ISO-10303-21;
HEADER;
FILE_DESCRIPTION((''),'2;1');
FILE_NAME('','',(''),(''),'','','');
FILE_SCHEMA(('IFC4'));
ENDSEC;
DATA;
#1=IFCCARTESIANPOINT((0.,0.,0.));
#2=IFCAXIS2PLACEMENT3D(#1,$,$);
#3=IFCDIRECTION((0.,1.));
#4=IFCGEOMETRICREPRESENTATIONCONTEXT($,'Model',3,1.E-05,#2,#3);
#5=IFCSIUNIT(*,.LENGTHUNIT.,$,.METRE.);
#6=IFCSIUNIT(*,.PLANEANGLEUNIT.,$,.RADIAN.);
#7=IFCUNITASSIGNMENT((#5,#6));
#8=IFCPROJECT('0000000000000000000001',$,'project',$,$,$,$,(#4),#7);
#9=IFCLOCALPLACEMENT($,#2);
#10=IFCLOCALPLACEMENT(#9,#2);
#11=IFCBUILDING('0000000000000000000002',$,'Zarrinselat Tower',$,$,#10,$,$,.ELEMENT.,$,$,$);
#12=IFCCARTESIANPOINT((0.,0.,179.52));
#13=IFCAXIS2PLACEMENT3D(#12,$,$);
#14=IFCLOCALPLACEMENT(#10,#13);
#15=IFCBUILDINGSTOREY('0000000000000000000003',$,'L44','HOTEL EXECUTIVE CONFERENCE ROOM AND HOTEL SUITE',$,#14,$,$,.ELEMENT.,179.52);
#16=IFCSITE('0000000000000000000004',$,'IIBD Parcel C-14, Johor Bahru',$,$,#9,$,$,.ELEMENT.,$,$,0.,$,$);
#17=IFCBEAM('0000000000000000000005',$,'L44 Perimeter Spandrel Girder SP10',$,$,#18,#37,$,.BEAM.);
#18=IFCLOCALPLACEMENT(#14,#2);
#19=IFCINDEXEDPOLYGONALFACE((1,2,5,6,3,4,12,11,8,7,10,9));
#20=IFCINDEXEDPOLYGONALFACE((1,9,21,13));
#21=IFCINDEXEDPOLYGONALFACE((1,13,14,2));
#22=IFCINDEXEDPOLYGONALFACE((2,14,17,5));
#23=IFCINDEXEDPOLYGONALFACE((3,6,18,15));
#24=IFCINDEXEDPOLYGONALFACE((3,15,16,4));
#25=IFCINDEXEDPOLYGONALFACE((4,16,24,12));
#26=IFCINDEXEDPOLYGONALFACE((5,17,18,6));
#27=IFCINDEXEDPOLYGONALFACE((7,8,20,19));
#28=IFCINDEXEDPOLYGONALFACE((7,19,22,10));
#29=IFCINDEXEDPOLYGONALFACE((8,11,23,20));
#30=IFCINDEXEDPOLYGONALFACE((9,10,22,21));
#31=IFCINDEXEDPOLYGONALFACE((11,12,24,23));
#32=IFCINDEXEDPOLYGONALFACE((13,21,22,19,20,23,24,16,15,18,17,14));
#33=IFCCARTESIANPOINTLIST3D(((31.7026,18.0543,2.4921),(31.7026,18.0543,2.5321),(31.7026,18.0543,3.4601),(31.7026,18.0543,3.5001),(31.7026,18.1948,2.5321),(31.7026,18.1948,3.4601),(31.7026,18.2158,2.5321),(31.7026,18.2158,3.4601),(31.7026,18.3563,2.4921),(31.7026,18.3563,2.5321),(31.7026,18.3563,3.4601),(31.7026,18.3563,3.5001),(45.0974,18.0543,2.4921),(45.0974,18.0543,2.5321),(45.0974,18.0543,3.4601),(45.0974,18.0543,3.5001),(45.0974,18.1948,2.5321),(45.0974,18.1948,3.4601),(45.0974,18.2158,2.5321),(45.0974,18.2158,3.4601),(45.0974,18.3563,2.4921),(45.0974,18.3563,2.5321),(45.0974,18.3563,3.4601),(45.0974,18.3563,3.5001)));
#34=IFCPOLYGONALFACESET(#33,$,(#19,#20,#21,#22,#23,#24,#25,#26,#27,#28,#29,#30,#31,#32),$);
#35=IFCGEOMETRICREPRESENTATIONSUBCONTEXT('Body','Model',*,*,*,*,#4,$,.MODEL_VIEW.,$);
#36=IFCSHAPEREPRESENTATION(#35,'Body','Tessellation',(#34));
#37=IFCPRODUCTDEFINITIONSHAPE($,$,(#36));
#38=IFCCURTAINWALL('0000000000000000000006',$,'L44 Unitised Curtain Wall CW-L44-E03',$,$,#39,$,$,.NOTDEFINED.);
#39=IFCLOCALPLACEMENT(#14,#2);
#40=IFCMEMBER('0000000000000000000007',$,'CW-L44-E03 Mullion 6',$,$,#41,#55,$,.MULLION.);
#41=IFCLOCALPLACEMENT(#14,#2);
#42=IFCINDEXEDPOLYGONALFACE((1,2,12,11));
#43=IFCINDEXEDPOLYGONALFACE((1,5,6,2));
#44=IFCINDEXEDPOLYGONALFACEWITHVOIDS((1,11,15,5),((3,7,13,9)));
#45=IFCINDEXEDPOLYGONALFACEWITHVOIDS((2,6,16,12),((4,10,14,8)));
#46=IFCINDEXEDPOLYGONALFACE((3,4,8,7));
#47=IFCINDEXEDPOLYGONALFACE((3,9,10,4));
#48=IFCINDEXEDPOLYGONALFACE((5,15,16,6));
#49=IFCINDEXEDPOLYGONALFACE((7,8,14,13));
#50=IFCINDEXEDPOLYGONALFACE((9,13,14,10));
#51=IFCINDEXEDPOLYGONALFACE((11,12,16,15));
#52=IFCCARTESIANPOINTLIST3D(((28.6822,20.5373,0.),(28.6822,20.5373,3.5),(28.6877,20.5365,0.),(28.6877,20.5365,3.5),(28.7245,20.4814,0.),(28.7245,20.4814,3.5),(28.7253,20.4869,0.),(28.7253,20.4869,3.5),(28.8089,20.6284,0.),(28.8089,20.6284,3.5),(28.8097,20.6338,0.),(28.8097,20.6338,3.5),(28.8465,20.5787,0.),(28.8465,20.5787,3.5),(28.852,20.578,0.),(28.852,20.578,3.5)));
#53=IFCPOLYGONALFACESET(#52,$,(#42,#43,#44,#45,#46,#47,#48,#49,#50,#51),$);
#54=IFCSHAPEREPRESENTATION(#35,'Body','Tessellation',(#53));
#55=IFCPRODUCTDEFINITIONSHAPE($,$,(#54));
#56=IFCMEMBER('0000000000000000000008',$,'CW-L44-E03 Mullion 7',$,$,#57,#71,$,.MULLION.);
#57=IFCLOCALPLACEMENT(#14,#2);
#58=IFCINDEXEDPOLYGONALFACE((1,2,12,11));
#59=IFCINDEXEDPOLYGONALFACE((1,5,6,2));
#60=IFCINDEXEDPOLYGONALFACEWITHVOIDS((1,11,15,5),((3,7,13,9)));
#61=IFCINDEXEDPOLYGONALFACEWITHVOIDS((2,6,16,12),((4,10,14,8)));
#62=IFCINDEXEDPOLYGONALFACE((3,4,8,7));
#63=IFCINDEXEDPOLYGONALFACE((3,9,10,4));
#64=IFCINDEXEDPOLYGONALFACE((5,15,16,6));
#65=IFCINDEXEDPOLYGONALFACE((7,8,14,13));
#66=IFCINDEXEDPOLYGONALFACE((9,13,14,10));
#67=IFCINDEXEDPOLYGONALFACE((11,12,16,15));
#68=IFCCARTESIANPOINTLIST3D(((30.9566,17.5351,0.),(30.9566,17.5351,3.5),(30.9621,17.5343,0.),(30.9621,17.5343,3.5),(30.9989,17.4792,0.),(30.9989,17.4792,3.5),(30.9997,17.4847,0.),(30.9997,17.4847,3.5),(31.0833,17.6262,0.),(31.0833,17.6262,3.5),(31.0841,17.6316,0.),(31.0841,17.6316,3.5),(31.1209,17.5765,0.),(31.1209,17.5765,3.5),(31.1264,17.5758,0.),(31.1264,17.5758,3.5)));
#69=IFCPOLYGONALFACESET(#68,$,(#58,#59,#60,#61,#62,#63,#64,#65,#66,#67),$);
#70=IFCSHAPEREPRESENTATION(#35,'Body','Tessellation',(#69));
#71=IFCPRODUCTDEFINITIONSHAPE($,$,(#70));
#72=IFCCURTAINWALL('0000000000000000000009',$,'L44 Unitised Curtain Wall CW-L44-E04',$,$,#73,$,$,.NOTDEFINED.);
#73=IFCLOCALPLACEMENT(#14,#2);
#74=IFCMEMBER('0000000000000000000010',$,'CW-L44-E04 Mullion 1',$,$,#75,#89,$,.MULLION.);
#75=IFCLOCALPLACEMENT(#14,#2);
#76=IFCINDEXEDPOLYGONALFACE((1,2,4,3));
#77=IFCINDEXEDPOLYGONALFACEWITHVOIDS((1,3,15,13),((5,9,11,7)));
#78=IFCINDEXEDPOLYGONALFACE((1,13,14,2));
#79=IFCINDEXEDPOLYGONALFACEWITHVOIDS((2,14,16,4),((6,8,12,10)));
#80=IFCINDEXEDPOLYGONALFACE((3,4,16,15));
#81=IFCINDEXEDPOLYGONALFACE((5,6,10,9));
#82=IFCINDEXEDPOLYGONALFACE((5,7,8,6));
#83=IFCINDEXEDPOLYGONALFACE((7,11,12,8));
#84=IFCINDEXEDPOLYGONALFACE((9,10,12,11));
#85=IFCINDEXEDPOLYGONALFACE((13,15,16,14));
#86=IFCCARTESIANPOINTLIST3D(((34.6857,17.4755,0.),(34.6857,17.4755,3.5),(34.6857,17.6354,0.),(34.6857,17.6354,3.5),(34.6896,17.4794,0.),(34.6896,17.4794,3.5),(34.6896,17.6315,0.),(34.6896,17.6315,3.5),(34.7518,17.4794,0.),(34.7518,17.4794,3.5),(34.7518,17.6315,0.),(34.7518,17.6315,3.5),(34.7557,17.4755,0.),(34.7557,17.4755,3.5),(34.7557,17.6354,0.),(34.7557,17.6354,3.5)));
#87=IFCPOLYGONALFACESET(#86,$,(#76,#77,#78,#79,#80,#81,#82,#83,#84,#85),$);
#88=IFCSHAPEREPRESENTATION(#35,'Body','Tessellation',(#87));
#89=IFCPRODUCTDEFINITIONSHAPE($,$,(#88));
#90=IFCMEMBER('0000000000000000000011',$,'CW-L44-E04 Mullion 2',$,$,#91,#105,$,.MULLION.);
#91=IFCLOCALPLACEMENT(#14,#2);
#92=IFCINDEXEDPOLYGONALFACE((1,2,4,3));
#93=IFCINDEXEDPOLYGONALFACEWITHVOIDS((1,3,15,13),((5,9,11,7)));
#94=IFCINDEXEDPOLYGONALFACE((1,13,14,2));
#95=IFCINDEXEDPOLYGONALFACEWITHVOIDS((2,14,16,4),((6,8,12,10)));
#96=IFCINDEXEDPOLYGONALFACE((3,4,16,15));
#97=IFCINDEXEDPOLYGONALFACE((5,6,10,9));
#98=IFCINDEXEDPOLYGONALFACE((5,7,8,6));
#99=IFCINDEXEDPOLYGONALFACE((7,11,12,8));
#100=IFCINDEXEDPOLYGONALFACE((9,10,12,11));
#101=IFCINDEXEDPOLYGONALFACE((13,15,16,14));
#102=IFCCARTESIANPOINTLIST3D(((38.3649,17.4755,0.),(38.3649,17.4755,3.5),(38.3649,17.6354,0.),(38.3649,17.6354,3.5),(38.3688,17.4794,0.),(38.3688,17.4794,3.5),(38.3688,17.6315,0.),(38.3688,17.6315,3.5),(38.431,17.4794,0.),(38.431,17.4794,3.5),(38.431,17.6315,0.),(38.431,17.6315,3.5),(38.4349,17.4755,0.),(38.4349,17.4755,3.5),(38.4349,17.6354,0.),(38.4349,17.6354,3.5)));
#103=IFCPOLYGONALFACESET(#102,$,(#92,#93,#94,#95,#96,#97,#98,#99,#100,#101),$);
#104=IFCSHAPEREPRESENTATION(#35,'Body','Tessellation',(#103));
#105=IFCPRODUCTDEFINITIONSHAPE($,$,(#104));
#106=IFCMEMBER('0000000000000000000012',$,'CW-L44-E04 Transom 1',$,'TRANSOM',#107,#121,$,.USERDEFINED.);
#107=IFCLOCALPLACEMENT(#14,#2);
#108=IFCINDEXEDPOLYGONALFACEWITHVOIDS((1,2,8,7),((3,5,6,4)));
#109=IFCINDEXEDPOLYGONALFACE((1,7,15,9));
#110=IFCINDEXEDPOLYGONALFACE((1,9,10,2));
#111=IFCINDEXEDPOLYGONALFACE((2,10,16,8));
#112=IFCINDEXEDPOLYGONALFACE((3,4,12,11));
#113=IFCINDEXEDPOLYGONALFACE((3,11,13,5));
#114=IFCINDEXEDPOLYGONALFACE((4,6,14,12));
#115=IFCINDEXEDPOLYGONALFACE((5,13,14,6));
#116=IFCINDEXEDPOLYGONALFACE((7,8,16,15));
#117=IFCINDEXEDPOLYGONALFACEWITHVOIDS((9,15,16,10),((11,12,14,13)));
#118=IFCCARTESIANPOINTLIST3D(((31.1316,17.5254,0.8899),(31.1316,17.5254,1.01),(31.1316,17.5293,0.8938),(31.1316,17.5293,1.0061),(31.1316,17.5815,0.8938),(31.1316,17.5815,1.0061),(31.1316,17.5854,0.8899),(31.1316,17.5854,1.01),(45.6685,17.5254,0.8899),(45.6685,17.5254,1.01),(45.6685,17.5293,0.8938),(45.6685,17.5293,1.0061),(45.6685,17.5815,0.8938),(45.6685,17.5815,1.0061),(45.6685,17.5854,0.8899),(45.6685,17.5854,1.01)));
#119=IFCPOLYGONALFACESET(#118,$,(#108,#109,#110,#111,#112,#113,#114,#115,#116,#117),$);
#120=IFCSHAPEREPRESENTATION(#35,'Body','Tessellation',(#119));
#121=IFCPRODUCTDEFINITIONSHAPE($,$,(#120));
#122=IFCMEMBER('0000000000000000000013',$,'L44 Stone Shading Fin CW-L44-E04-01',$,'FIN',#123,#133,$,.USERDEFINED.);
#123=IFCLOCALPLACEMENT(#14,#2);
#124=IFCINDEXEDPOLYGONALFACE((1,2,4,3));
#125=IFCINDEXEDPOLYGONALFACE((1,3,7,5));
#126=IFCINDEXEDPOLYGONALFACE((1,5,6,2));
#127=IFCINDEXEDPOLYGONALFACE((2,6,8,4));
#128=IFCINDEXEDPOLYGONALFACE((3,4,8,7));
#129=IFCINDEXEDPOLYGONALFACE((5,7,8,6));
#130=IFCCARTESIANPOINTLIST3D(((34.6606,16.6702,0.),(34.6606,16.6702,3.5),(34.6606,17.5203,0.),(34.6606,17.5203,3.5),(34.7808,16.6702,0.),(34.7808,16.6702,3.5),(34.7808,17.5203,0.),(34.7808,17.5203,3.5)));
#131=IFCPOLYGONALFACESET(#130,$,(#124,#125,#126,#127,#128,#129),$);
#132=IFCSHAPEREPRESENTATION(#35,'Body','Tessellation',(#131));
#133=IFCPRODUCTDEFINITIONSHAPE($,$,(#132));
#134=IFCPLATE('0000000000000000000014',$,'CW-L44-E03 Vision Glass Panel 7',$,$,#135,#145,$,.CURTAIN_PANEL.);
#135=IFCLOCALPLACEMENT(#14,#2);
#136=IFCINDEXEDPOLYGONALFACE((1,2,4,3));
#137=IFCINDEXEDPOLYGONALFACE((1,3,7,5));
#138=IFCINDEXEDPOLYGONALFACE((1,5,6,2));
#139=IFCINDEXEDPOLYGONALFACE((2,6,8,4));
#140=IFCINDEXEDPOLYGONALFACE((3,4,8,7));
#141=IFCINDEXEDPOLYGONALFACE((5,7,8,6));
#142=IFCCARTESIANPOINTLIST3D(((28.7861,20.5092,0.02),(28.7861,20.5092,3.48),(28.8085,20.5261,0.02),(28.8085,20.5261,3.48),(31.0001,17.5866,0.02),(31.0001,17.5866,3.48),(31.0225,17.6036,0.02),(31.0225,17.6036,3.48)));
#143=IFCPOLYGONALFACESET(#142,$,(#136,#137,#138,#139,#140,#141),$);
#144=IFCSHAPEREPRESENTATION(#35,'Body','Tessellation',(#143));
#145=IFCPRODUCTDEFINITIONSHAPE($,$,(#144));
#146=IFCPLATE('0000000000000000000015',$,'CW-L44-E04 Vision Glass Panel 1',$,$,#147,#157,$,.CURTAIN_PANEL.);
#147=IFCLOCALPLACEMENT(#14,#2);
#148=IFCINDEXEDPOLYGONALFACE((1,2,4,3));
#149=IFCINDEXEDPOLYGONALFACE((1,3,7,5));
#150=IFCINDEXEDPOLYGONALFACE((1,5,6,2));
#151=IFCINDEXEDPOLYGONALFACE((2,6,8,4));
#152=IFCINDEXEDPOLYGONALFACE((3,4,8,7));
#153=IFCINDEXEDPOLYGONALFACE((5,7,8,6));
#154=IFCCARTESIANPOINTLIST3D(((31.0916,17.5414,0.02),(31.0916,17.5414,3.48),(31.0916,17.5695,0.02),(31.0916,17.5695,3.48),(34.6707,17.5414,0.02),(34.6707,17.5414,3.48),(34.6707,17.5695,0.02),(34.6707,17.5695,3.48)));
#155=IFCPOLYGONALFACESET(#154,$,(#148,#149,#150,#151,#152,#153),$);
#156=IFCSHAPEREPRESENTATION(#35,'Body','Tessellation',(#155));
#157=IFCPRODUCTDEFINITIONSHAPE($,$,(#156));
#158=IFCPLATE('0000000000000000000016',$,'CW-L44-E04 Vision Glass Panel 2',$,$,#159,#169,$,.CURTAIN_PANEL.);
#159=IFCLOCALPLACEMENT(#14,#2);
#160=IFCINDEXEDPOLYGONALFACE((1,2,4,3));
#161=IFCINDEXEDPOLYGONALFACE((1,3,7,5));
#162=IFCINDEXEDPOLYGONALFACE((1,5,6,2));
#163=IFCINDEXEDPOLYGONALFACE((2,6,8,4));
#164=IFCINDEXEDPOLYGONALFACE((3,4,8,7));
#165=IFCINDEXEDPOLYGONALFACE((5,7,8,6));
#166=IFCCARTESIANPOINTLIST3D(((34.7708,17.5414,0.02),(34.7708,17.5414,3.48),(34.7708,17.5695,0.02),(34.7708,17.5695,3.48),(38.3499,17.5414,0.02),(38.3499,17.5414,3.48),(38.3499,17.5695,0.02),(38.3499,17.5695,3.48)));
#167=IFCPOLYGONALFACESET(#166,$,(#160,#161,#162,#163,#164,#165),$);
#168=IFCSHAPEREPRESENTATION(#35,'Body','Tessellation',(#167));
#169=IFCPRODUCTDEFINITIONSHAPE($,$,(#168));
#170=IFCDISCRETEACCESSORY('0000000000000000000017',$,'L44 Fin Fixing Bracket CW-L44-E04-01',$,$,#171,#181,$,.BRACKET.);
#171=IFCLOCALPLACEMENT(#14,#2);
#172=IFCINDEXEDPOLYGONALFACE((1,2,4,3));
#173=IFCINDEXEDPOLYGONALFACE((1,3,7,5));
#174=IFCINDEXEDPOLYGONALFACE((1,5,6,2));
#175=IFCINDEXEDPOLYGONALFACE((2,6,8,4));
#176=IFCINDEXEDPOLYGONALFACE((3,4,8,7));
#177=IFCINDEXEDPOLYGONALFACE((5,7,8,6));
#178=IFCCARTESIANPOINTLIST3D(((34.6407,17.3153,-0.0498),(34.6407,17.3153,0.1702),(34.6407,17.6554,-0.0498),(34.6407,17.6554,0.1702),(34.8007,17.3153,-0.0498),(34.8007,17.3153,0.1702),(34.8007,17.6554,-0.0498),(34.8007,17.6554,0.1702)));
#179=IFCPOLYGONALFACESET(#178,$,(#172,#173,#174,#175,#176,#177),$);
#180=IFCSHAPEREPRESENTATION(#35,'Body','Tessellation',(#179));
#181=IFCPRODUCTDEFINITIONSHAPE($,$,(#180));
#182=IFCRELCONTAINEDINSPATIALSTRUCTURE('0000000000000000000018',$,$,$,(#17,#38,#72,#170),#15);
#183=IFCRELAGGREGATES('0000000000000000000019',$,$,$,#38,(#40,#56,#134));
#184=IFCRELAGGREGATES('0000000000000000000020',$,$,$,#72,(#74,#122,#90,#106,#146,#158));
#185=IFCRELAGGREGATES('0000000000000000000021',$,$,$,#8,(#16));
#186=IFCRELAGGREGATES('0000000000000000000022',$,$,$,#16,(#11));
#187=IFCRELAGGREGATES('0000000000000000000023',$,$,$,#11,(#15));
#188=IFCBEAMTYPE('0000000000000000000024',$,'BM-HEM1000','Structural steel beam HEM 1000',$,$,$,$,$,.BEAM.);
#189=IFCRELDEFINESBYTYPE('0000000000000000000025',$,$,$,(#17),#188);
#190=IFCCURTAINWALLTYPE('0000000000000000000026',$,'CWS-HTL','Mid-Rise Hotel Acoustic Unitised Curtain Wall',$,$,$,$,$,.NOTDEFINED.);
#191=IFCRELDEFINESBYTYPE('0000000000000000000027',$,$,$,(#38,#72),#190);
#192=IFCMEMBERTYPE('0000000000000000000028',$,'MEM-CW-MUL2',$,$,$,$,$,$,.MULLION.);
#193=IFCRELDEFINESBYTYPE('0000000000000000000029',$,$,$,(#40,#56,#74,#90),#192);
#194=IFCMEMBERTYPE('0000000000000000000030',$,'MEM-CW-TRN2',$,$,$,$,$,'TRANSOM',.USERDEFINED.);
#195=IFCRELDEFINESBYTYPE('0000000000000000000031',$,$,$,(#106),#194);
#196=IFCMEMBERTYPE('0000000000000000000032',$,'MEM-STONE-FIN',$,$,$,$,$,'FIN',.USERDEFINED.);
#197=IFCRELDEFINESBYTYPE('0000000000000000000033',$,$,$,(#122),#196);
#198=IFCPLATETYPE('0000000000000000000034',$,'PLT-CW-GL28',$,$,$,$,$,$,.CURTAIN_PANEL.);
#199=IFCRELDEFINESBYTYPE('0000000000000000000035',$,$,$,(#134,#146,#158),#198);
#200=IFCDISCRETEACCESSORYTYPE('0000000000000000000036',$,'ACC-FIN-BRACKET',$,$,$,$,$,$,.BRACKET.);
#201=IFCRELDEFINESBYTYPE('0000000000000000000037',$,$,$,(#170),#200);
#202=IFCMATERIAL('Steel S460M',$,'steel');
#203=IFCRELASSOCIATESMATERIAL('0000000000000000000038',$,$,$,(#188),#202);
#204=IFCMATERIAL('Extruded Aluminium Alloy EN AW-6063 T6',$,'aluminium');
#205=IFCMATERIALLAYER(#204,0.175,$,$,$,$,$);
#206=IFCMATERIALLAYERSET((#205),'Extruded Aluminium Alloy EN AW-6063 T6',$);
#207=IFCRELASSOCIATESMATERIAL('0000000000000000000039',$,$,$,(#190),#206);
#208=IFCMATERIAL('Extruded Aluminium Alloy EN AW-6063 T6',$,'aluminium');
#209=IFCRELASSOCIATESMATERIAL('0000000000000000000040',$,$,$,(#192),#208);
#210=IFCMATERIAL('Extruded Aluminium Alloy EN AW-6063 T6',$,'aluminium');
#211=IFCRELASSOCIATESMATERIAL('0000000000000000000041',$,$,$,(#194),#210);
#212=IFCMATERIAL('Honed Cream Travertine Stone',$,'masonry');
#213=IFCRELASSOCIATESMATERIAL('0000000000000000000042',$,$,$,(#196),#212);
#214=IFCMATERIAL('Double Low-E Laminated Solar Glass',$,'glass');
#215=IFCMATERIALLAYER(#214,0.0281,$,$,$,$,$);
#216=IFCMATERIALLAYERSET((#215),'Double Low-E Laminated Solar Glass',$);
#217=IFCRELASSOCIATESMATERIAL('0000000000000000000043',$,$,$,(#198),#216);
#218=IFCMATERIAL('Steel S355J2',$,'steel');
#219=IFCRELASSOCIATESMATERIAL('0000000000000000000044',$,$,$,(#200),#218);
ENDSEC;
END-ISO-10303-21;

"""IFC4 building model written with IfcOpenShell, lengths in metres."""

from ifc_helpers import new_model, si_unit, direction, frame, origin, origin_2d, place, context, subcontext, project, spatial, rectangle, hollow_rectangle, i_section, extrude, material, layer, layer_set, material_profile, profile_set, type_object, element, aggregate, save


model = new_model("IFC4")

# Units and contexts
model_context = context("Model", 3, precision=1e-05, world=origin(), true_north=direction((0.0, 1.0)))
body_context = subcontext(model_context, "Body", "Model", "MODEL_VIEW")
ifc_project = project(units=[si_unit("LENGTHUNIT", "METRE"), si_unit("PLANEANGLEUNIT", "RADIAN")], contexts=[model_context])

# Site, building, storey
site_placement = place(None, origin())
site = spatial("IfcSite", under=ifc_project, at=site_placement, Name="IIBD Parcel C-14, Johor Bahru", CompositionType="ELEMENT", RefElevation=0.0)
building_placement = place(site_placement, origin())
building = spatial("IfcBuilding", under=site, at=building_placement, Name="Zarrinselat Tower", CompositionType="ELEMENT")
storey_placement = place(building_placement, frame((0.0, 0.0, 179.52)))
storey = spatial("IfcBuildingStorey", under=building, at=storey_placement, Name="L44", Description="HOTEL EXECUTIVE CONFERENCE ROOM AND HOTEL SUITE", CompositionType="ELEMENT", Elevation=179.52)

# Beam
ifc_material_1 = material(Name="Steel S460M", Category="steel")
ifc_material_profile_1 = material_profile(ifc_material_1, i_section(OverallWidth=0.302, OverallDepth=1.0081, WebThickness=0.021, FlangeThickness=0.04, at=origin_2d()), Name="HEM 1000")
ifc_profile_set_1 = profile_set([ifc_material_profile_1], Name="Steel S460M")
beam_type_1 = type_object("IfcBeamType", Name="BM-HEM1000", Description="Structural steel beam HEM 1000", PredefinedType="BEAM", material=ifc_profile_set_1)
beam_1_placement = place(storey_placement, frame((31.7026, 18.2053, 2.9961), z_axis=(1.0, 0.0, 0.0), x_axis=(0.0, 1.0, 0.0)))
element("IfcBeam", 1, at=beam_1_placement, inside=storey, type_object=beam_type_1, Name="L44 Perimeter Spandrel Girder SP10", PredefinedType="BEAM", context=body_context, shape_type="SweptSolid", body=[
    extrude(i_section(OverallWidth=0.302, OverallDepth=1.0081, WebThickness=0.021, FlangeThickness=0.04, at=origin_2d()), origin(), (0.0, 0.0, 1.0), 13.3948),
])

# Curtain walls, members
ifc_material_2 = material(Name="Extruded Aluminium Alloy EN AW-6063 T6", Category="aluminium")
ifc_layer_1 = layer(ifc_material_2, 0.175)
ifc_layer_set_1 = layer_set([ifc_layer_1], Name="Extruded Aluminium Alloy EN AW-6063 T6")
curtain_wall_type = type_object("IfcCurtainWallType", Name="CWS-HTL", Description="Mid-Rise Hotel Acoustic Unitised Curtain Wall", PredefinedType="NOTDEFINED", material=ifc_layer_set_1)
curtain_wall_1_placement = place(storey_placement, origin())
curtain_wall_1 = element("IfcCurtainWall", 2, at=curtain_wall_1_placement, inside=storey, type_object=curtain_wall_type, Name="L44 Unitised Curtain Wall CW-L44-E03", PredefinedType="NOTDEFINED")
ifc_material_3 = material(Name="Extruded Aluminium Alloy EN AW-6063 T6", Category="aluminium")
ifc_material_profile_2 = material_profile(ifc_material_3, hollow_rectangle(XDim=0.0701, YDim=0.1599, WallThickness=0.0039, at=origin_2d()), Name="RHS 160x70x4")
ifc_profile_set_2 = profile_set([ifc_material_profile_2], Name="Extruded Aluminium Alloy EN AW-6063 T6")
member_type_1 = type_object("IfcMemberType", Name="MEM-CW-MUL2", PredefinedType="MULLION", material=ifc_profile_set_2)
member_1_placement = place(storey_placement, frame((28.7671, 20.5576, 0.0), z_axis=(0.0, 0.0, 1.0), x_axis=(0.603857, -0.797092, 0.0)))
member_1 = element("IfcMember", 3, at=member_1_placement, type_object=member_type_1, Name="CW-L44-E03 Mullion 6", PredefinedType="MULLION", context=body_context, shape_type="SweptSolid", body=[
    extrude(hollow_rectangle(XDim=0.0701, YDim=0.1599, WallThickness=0.0039, at=origin_2d()), origin(), (0.0, 0.0, 1.0), 3.5),
])
member_2_placement = place(storey_placement, frame((31.0415, 17.5554, 0.0), z_axis=(0.0, 0.0, 1.0), x_axis=(0.603857, -0.797092, 0.0)))
member_2 = element("IfcMember", 4, at=member_2_placement, type_object=member_type_1, Name="CW-L44-E03 Mullion 7", PredefinedType="MULLION", context=body_context, shape_type="SweptSolid", body=[
    extrude(hollow_rectangle(XDim=0.0701, YDim=0.1599, WallThickness=0.0039, at=origin_2d()), origin(), (0.0, 0.0, 1.0), 3.5),
])
curtain_wall_2_placement = place(storey_placement, origin())
curtain_wall_2 = element("IfcCurtainWall", 5, at=curtain_wall_2_placement, inside=storey, type_object=curtain_wall_type, Name="L44 Unitised Curtain Wall CW-L44-E04", PredefinedType="NOTDEFINED")
member_3_placement = place(storey_placement, frame((34.7207, 17.5554, 0.0), z_axis=(0.0, 0.0, 1.0), x_axis=(1.0, 0.0, 0.0)))
member_3 = element("IfcMember", 6, at=member_3_placement, type_object=member_type_1, Name="CW-L44-E04 Mullion 1", PredefinedType="MULLION", context=body_context, shape_type="SweptSolid", body=[
    extrude(hollow_rectangle(XDim=0.0701, YDim=0.1599, WallThickness=0.0039, at=origin_2d()), origin(), (0.0, 0.0, 1.0), 3.5),
])
member_4_placement = place(storey_placement, frame((38.3999, 17.5554, 0.0), z_axis=(0.0, 0.0, 1.0), x_axis=(1.0, 0.0, 0.0)))
member_4 = element("IfcMember", 7, at=member_4_placement, type_object=member_type_1, Name="CW-L44-E04 Mullion 2", PredefinedType="MULLION", context=body_context, shape_type="SweptSolid", body=[
    extrude(hollow_rectangle(XDim=0.0701, YDim=0.1599, WallThickness=0.0039, at=origin_2d()), origin(), (0.0, 0.0, 1.0), 3.5),
])
ifc_material_4 = material(Name="Extruded Aluminium Alloy EN AW-6063 T6", Category="aluminium")
ifc_material_profile_3 = material_profile(ifc_material_4, hollow_rectangle(XDim=0.0601, YDim=0.1201, WallThickness=0.0039, at=origin_2d()), Name="RHS 120x60x4")
ifc_profile_set_3 = profile_set([ifc_material_profile_3], Name="Extruded Aluminium Alloy EN AW-6063 T6")
member_type_2 = type_object("IfcMemberType", Name="MEM-CW-TRN2", ElementType="TRANSOM", PredefinedType="USERDEFINED", material=ifc_profile_set_3)
member_5_placement = place(storey_placement, frame((31.1316, 17.5554, 0.95), z_axis=(1.0, 0.0, 0.0), x_axis=(0.0, 1.0, 0.0)))
member_5 = element("IfcMember", 8, at=member_5_placement, type_object=member_type_2, Name="CW-L44-E04 Transom 1", ObjectType="TRANSOM", PredefinedType="USERDEFINED", context=body_context, shape_type="SweptSolid", body=[
    extrude(hollow_rectangle(XDim=0.0601, YDim=0.1201, WallThickness=0.0039, at=origin_2d()), origin(), (0.0, 0.0, 1.0), 14.5369),
])
ifc_material_5 = material(Name="Honed Cream Travertine Stone", Category="masonry")
ifc_material_profile_4 = material_profile(ifc_material_5, rectangle(XDim=0.1201, YDim=0.8501, at=origin_2d()), Name="FIN 850x120")
ifc_profile_set_4 = profile_set([ifc_material_profile_4], Name="Honed Cream Travertine Stone")
member_type_3 = type_object("IfcMemberType", Name="MEM-STONE-FIN", ElementType="FIN", PredefinedType="USERDEFINED", material=ifc_profile_set_4)
member_6_placement = place(storey_placement, frame((34.7207, 17.0952, 0.0), z_axis=(0.0, 0.0, 1.0), x_axis=(-1.0, 0.0, 0.0)))
member_6 = element("IfcMember", 9, at=member_6_placement, type_object=member_type_3, Name="L44 Stone Shading Fin CW-L44-E04-01", ObjectType="FIN", PredefinedType="USERDEFINED", context=body_context, shape_type="SweptSolid", body=[
    extrude(rectangle(XDim=0.1201, YDim=0.8501, at=origin_2d()), origin(), (0.0, 0.0, 1.0), 3.5),
])

# Plates
ifc_material_6 = material(Name="Double Low-E Laminated Solar Glass", Category="glass")
ifc_layer_2 = layer(ifc_material_6, 0.0281)
ifc_layer_set_2 = layer_set([ifc_layer_2], Name="Double Low-E Laminated Solar Glass")
plate_type = type_object("IfcPlateType", Name="PLT-CW-GL28", PredefinedType="CURTAIN_PANEL", material=ifc_layer_set_2)
plate_1_placement = place(storey_placement, frame((29.9043, 19.0564, 0.02), z_axis=(0.0, 0.0, 1.0), x_axis=(0.603857, -0.797092, 0.0)))
plate_1 = element("IfcPlate", 10, at=plate_1_placement, type_object=plate_type, Name="CW-L44-E03 Vision Glass Panel 7", PredefinedType="CURTAIN_PANEL", context=body_context, shape_type="SweptSolid", body=[
    extrude(rectangle(XDim=3.6665, YDim=0.0281, at=origin_2d()), origin(), (0.0, 0.0, 1.0), 3.46),
])
aggregate(curtain_wall_1, [member_1, member_2, plate_1])
plate_2_placement = place(storey_placement, frame((32.8811, 17.5554, 0.02), z_axis=(0.0, 0.0, 1.0), x_axis=(1.0, 0.0, 0.0)))
plate_2 = element("IfcPlate", 11, at=plate_2_placement, type_object=plate_type, Name="CW-L44-E04 Vision Glass Panel 1", PredefinedType="CURTAIN_PANEL", context=body_context, shape_type="SweptSolid", body=[
    extrude(rectangle(XDim=3.5791, YDim=0.0281, at=origin_2d()), origin(), (0.0, 0.0, 1.0), 3.46),
])
plate_3_placement = place(storey_placement, frame((36.5603, 17.5554, 0.02), z_axis=(0.0, 0.0, 1.0), x_axis=(1.0, 0.0, 0.0)))
plate_3 = element("IfcPlate", 12, at=plate_3_placement, type_object=plate_type, Name="CW-L44-E04 Vision Glass Panel 2", PredefinedType="CURTAIN_PANEL", context=body_context, shape_type="SweptSolid", body=[
    extrude(rectangle(XDim=3.5791, YDim=0.0281, at=origin_2d()), origin(), (0.0, 0.0, 1.0), 3.46),
])
aggregate(curtain_wall_2, [member_3, member_6, member_4, member_5, plate_2, plate_3])

# Discrete accessory
ifc_material_7 = material(Name="Steel S355J2", Category="steel")
discrete_accessory_type = type_object("IfcDiscreteAccessoryType", Name="ACC-FIN-BRACKET", PredefinedType="BRACKET", material=ifc_material_7)
discrete_accessory_placement = place(storey_placement, frame((34.7207, 17.4854, -0.0498), z_axis=(0.0, 0.0, 1.0), x_axis=(0.0, -1.0, 0.0)))
element("IfcDiscreteAccessory", 13, at=discrete_accessory_placement, inside=storey, type_object=discrete_accessory_type, Name="L44 Fin Fixing Bracket CW-L44-E04-01", PredefinedType="BRACKET", context=body_context, shape_type="SweptSolid", body=[
    extrude(rectangle(XDim=0.3401, YDim=0.1599, at=origin_2d()), origin(), (0.0, 0.0, 1.0), 0.22),
])

save(model, "model.ifc")
